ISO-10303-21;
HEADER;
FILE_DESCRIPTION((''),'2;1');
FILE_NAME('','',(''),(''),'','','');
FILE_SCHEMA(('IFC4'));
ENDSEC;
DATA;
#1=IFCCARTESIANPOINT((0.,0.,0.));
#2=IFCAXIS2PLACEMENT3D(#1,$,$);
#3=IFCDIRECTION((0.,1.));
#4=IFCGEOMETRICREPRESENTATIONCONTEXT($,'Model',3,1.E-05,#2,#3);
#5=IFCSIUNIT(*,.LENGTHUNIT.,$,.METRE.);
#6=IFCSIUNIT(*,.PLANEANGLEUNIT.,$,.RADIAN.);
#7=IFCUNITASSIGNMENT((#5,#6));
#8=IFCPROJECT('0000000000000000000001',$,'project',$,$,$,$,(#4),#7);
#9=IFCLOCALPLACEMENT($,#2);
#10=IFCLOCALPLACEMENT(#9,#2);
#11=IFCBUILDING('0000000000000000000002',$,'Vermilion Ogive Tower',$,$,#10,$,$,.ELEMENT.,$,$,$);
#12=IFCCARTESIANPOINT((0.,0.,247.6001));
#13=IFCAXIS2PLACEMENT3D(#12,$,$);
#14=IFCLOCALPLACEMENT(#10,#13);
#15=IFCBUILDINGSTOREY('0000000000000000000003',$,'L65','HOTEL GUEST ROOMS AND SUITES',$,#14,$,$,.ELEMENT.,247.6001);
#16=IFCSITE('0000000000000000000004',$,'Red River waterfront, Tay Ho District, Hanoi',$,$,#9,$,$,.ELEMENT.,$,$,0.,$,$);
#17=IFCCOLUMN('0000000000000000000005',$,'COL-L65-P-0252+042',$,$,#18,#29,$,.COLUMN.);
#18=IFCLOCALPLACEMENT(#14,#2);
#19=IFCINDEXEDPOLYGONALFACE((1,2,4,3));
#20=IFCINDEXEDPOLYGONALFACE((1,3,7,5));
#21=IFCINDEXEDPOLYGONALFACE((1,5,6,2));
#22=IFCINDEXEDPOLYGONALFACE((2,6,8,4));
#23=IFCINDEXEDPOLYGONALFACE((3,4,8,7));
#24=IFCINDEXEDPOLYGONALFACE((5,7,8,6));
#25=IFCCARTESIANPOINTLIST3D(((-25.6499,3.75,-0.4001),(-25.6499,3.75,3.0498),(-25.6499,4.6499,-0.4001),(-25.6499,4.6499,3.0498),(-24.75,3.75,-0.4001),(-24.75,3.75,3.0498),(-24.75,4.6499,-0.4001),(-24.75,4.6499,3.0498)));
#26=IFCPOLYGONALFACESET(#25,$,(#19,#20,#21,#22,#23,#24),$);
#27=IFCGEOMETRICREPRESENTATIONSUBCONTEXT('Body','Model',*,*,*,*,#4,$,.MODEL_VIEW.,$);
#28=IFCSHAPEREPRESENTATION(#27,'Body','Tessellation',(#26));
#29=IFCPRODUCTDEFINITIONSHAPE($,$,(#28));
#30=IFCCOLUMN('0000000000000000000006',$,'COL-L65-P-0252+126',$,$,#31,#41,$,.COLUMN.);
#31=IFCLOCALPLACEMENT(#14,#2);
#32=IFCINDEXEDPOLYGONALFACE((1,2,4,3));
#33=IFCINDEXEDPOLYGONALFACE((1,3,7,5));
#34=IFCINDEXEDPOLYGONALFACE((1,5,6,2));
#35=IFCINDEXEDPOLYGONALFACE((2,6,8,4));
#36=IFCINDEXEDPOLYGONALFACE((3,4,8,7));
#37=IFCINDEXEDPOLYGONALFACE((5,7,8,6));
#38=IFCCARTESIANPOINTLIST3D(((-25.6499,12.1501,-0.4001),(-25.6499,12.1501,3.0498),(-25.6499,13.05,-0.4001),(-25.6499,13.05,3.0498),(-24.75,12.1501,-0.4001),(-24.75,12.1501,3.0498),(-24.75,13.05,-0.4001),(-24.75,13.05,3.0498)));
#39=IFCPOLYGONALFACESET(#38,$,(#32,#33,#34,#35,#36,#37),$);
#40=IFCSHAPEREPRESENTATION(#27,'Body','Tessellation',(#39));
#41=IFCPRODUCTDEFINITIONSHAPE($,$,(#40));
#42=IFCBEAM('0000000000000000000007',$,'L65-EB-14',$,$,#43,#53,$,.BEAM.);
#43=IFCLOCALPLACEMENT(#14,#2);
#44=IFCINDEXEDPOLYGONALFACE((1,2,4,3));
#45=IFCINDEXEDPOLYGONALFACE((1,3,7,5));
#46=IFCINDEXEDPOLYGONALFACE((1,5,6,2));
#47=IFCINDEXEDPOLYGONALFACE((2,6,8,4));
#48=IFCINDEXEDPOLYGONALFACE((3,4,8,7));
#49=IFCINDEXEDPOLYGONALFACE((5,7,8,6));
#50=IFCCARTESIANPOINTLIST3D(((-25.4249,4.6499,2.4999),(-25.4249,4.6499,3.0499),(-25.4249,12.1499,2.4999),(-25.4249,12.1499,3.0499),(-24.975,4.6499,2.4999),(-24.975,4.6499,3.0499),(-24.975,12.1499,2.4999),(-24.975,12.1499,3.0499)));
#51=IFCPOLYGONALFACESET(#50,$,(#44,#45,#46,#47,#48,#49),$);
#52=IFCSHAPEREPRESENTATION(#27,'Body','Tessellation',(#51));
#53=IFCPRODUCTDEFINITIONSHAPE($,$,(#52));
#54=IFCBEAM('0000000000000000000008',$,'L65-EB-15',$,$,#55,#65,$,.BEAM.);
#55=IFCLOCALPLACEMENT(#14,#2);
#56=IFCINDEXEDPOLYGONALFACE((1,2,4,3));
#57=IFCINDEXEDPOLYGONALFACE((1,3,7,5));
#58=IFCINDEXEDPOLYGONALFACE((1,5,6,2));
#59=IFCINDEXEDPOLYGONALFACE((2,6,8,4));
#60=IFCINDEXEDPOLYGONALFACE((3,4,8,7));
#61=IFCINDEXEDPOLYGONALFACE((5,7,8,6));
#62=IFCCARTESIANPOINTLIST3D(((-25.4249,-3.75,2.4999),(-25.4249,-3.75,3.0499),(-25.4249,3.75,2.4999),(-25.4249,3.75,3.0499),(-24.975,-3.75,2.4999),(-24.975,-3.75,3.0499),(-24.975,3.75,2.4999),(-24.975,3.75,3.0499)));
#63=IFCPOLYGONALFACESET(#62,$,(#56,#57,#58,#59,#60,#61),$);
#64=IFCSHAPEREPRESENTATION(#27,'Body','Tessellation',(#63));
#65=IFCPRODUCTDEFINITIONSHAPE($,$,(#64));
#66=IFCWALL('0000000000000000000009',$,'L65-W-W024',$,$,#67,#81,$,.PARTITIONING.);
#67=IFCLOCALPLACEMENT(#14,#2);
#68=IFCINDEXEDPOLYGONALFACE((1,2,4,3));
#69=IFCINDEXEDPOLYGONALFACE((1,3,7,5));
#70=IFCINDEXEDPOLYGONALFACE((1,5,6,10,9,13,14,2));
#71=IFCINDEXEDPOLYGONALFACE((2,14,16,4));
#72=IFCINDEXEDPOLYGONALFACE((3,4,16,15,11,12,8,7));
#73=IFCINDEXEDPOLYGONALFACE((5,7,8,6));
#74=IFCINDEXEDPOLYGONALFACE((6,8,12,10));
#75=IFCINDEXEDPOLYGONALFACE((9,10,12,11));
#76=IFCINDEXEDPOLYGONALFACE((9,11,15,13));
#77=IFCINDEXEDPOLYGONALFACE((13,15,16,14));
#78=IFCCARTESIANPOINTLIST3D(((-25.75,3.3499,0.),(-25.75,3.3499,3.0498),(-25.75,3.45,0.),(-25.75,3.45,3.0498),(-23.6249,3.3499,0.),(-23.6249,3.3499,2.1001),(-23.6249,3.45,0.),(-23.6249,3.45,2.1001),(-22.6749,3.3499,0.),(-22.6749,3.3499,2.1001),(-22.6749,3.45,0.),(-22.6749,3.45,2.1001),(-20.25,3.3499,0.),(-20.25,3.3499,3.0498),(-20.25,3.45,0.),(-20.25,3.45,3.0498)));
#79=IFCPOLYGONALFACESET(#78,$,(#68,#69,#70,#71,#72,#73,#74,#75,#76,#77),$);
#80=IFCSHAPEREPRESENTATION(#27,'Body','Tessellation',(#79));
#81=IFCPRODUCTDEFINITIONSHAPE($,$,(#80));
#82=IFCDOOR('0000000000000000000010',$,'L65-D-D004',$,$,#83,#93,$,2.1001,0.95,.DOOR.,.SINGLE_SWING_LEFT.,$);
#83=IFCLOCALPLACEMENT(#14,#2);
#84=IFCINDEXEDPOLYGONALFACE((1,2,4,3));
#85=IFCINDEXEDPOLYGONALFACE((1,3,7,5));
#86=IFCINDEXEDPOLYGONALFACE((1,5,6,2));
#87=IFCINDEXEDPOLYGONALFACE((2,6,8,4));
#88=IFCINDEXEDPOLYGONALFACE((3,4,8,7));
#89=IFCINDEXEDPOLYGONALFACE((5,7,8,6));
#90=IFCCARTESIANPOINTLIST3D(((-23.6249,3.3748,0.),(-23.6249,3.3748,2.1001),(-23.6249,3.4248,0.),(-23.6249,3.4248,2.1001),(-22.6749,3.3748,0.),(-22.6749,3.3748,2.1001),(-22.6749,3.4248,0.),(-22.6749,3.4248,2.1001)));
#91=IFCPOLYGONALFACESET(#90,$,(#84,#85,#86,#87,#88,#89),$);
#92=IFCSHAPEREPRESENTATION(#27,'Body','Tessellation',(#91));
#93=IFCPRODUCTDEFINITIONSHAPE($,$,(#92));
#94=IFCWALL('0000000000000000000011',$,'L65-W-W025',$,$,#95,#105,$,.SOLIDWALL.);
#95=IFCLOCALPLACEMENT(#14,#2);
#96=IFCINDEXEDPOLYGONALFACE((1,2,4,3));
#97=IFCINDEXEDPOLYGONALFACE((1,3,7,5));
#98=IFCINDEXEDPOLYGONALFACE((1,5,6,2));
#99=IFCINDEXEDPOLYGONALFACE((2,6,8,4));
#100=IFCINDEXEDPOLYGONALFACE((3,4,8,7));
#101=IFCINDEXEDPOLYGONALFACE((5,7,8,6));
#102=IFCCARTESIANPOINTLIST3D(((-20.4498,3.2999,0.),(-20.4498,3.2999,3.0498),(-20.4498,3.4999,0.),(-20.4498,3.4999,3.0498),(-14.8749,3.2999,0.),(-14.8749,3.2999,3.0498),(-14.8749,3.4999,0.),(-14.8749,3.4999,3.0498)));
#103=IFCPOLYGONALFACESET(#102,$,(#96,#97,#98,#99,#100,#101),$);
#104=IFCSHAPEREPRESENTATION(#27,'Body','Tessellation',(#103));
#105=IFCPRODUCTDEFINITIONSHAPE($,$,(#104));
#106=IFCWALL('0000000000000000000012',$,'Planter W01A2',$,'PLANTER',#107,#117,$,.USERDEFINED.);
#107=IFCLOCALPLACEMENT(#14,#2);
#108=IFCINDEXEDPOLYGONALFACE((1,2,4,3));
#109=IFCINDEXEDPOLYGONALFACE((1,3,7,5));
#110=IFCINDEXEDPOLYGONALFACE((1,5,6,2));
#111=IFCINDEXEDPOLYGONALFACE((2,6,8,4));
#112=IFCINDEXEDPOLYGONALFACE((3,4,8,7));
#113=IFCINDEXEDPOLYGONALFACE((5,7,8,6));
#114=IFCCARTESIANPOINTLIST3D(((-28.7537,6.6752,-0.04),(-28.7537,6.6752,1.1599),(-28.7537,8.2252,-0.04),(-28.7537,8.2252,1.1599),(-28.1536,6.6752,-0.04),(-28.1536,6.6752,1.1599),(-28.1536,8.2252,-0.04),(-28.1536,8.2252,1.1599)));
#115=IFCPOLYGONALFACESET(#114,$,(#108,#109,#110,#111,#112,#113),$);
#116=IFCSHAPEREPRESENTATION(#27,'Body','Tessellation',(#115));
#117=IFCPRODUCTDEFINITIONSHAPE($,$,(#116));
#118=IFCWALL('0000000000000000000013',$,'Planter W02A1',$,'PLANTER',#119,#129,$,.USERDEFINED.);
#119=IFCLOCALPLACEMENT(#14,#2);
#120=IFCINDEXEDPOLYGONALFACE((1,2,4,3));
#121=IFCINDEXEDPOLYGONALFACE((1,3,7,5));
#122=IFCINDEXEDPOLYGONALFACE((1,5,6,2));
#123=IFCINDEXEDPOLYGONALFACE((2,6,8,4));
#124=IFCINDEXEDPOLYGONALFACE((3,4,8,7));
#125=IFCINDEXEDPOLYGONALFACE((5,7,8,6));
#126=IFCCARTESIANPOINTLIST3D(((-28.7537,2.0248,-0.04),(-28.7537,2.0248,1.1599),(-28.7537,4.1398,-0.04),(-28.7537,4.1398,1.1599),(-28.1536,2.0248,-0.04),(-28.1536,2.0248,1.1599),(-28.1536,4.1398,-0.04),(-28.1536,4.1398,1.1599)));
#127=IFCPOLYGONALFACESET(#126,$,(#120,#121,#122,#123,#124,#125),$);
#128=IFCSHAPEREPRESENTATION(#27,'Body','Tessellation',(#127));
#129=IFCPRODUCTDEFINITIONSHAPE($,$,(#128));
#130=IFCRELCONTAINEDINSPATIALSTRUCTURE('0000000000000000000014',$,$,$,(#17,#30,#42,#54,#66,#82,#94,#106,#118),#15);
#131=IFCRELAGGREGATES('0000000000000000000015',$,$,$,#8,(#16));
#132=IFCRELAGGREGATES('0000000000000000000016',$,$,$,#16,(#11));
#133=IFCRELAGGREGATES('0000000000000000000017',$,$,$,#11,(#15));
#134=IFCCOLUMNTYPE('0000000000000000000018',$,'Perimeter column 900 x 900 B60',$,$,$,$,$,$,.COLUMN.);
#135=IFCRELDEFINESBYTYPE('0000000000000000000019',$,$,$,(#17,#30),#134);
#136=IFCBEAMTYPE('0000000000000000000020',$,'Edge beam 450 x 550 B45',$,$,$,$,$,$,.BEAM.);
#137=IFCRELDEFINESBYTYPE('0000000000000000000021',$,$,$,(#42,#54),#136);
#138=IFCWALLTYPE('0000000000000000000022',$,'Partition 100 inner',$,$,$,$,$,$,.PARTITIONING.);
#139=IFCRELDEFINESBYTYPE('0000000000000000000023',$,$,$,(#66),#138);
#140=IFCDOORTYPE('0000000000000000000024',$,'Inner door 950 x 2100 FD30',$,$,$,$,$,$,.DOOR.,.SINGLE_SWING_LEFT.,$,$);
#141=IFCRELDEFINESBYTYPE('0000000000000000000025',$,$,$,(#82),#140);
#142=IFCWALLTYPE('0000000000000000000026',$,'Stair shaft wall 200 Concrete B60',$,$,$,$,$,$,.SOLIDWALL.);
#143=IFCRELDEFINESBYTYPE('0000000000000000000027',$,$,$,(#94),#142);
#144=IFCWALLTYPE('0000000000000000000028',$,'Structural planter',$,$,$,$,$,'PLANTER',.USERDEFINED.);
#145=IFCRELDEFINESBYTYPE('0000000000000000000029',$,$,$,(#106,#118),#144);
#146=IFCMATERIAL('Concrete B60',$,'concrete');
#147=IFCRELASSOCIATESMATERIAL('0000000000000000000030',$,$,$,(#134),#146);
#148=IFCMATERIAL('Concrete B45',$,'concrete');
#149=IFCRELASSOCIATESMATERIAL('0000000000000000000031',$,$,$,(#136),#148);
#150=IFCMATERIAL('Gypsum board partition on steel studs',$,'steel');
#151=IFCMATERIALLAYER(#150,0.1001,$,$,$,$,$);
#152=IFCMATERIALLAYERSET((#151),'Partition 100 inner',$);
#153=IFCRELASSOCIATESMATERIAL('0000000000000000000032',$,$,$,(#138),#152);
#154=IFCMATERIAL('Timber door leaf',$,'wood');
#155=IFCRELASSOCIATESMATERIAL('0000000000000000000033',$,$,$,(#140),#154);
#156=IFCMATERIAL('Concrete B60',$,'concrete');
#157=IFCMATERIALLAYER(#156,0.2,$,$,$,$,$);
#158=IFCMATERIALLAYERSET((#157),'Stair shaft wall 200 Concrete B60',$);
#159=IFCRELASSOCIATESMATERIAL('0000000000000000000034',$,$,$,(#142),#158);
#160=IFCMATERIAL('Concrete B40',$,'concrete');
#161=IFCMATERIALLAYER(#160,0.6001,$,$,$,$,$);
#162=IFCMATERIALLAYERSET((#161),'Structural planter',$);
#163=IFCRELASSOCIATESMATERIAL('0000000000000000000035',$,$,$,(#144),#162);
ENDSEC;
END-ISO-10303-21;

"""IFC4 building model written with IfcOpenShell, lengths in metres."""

from ifc_helpers import new_model, si_unit, direction, frame, frame_2d, origin, origin_2d, place, context, subcontext, project, spatial, rectangle, extrude, material, layer, layer_set, material_profile, profile_set, type_object, element, fill, save


model = new_model("IFC4")

# Units and contexts
model_context = context("Model", 3, precision=1e-05, world=origin(), true_north=direction((0.0, 1.0)))
body_context = subcontext(model_context, "Body", "Model", "MODEL_VIEW")
ifc_project = project(units=[si_unit("LENGTHUNIT", "METRE"), si_unit("PLANEANGLEUNIT", "RADIAN")], contexts=[model_context])

# Site, building, storey
site_placement = place(None, origin())
site = spatial("IfcSite", under=ifc_project, at=site_placement, Name="Red River waterfront, Tay Ho District, Hanoi", CompositionType="ELEMENT", RefElevation=0.0)
building_placement = place(site_placement, origin())
building = spatial("IfcBuilding", under=site, at=building_placement, Name="Vermilion Ogive Tower", CompositionType="ELEMENT")
storey_placement = place(building_placement, frame((0.0, 0.0, 247.6001)))
storey = spatial("IfcBuildingStorey", under=building, at=storey_placement, Name="L65", Description="HOTEL GUEST ROOMS AND SUITES", CompositionType="ELEMENT", Elevation=247.6001)

# Columns
ifc_material_1 = material(Name="Concrete B60", Category="concrete")
ifc_material_profile_1 = material_profile(ifc_material_1, rectangle(XDim=0.8999, YDim=0.8999, at=origin_2d()), Name="900 x 900")
ifc_profile_set_1 = profile_set([ifc_material_profile_1], Name="Concrete B60")
column_type = type_object("IfcColumnType", Name="Perimeter column 900 x 900 B60", PredefinedType="COLUMN", material=ifc_profile_set_1)
for number, where, z_axis, x_axis, name in (
    (1, (-25.2, 4.2, -0.4001), (0.0, 0.0, 1.0), (1.0, 0.0, 0.0), "COL-L65-P-0252+042"),
    (2, (-25.2, 12.6001, -0.4001), (0.0, 0.0, 1.0), (1.0, 0.0, 0.0), "COL-L65-P-0252+126"),
):
    element("IfcColumn", number, at=place(storey_placement, frame(where, z_axis=z_axis, x_axis=x_axis)), inside=storey, type_object=column_type, Name=name, PredefinedType="COLUMN", context=body_context, shape_type="SweptSolid", body=[
        extrude(rectangle(XDim=0.8999, YDim=0.8999, at=origin_2d()), origin(), (0.0, 0.0, 1.0), 3.45),
    ])

# Beams
ifc_material_2 = material(Name="Concrete B45", Category="concrete")
ifc_material_profile_2 = material_profile(ifc_material_2, rectangle(XDim=0.45, YDim=0.55, at=origin_2d()), Name="450 x 550")
ifc_profile_set_2 = profile_set([ifc_material_profile_2], Name="Concrete B45")
beam_type = type_object("IfcBeamType", Name="Edge beam 450 x 550 B45", PredefinedType="BEAM", material=ifc_profile_set_2)
for number, where, z_axis, x_axis, name in (
    (3, (-25.2, 12.1499, 2.7749), (0.0, -1.0, 0.0), (1.0, 0.0, 0.0), "L65-EB-14"),
    (4, (-25.2, 3.75, 2.7749), (0.0, -1.0, 0.0), (1.0, 0.0, 0.0), "L65-EB-15"),
):
    element("IfcBeam", number, at=place(storey_placement, frame(where, z_axis=z_axis, x_axis=x_axis)), inside=storey, type_object=beam_type, Name=name, PredefinedType="BEAM", context=body_context, shape_type="SweptSolid", body=[
        extrude(rectangle(XDim=0.45, YDim=0.55, at=origin_2d()), origin(), (0.0, 0.0, 1.0), 7.5),
    ])

# Wall, opening, door
ifc_material_3 = material(Name="Gypsum board partition on steel studs", Category="steel")
ifc_layer_1 = layer(ifc_material_3, 0.1001)
ifc_layer_set_1 = layer_set([ifc_layer_1], Name="Partition 100 inner")
wall_type_1 = type_object("IfcWallType", Name="Partition 100 inner", PredefinedType="PARTITIONING", material=ifc_layer_set_1)
wall_1_placement = place(storey_placement, frame((-25.75, 3.3999, 0.0), z_axis=(0.0, 0.0, 1.0), x_axis=(1.0, 0.0, 0.0)))
wall_1 = element("IfcWall", 5, at=wall_1_placement, inside=storey, type_object=wall_type_1, Name="L65-W-W024", PredefinedType="PARTITIONING", context=body_context, shape_type="SweptSolid", body=[
    extrude(rectangle(XDim=5.5, YDim=0.1001, at=frame_2d((2.75, 0.0))), origin(), (0.0, 0.0, 1.0), 3.0498),
])
opening_1_placement = place(wall_1_placement, frame((2.125, 0.0, 0.0)))
opening_1 = element("IfcOpeningElement", 6, at=opening_1_placement, cuts=wall_1, PredefinedType="OPENING", context=body_context, shape_type="SweptSolid", body=[
    extrude(rectangle(XDim=0.95, YDim=2.1001, at=frame_2d((0.4751, 1.05))), frame((0.0, 0.0601, 0.0), z_axis=(0.0, -1.0, 0.0), x_axis=(1.0, 0.0, 0.0)), (0.0, 0.0, 1.0), 0.1201),
])
ifc_material_4 = material(Name="Timber door leaf", Category="wood")
door_type_1 = type_object("IfcDoorType", Name="Inner door 950 x 2100 FD30", OperationType="SINGLE_SWING_LEFT", PredefinedType="DOOR", material=ifc_material_4)
door_1_placement = place(opening_1_placement, origin())
door_1 = element("IfcDoor", 7, at=door_1_placement, inside=storey, type_object=door_type_1, Name="L65-D-D004", OperationType="SINGLE_SWING_LEFT", OverallHeight=2.1001, OverallWidth=0.95, PredefinedType="DOOR", context=body_context, shape_type="SweptSolid", body=[
    extrude(rectangle(XDim=0.95, YDim=2.1001, at=frame_2d((0.4751, 1.05))), frame((0.0, 0.0249, 0.0), z_axis=(0.0, -1.0, 0.0), x_axis=(1.0, 0.0, 0.0)), (0.0, 0.0, 1.0), 0.05),
])
fill(opening_1, door_1)

# Walls
ifc_material_5 = material(Name="Concrete B60", Category="concrete")
ifc_layer_2 = layer(ifc_material_5, 0.2)
ifc_layer_set_2 = layer_set([ifc_layer_2], Name="Stair shaft wall 200 Concrete B60")
wall_type_2 = type_object("IfcWallType", Name="Stair shaft wall 200 Concrete B60", PredefinedType="SOLIDWALL", material=ifc_layer_set_2)
wall_2_placement = place(storey_placement, frame((-20.45, 3.3999, 0.0), z_axis=(0.0, 0.0, 1.0), x_axis=(1.0, 0.0, 0.0)))
element("IfcWall", 8, at=wall_2_placement, inside=storey, type_object=wall_type_2, Name="L65-W-W025", PredefinedType="SOLIDWALL", context=body_context, shape_type="SweptSolid", body=[
    extrude(rectangle(XDim=5.575, YDim=0.2, at=frame_2d((2.7876, 0.0))), origin(), (0.0, 0.0, 1.0), 3.0498),
])
ifc_material_6 = material(Name="Concrete B40", Category="concrete")
ifc_layer_3 = layer(ifc_material_6, 0.6001)
ifc_layer_set_3 = layer_set([ifc_layer_3], Name="Structural planter")
wall_type_3 = type_object("IfcWallType", Name="Structural planter", ElementType="PLANTER", PredefinedType="USERDEFINED", material=ifc_layer_set_3)
wall_3_placement = place(storey_placement, frame((-28.4536, 8.2251, -0.04), z_axis=(0.0, 0.0, 1.0), x_axis=(0.0, -1.0, 0.0)))
element("IfcWall", 9, at=wall_3_placement, inside=storey, type_object=wall_type_3, Name="Planter W01A2", ObjectType="PLANTER", PredefinedType="USERDEFINED", context=body_context, shape_type="SweptSolid", body=[
    extrude(rectangle(XDim=1.55, YDim=0.6001, at=frame_2d((0.7749, 0.0))), origin(), (0.0, 0.0, 1.0), 1.2),
])
wall_4_placement = place(storey_placement, frame((-28.4536, 4.1399, -0.04), z_axis=(0.0, 0.0, 1.0), x_axis=(0.0, -1.0, 0.0)))
element("IfcWall", 10, at=wall_4_placement, inside=storey, type_object=wall_type_3, Name="Planter W02A1", ObjectType="PLANTER", PredefinedType="USERDEFINED", context=body_context, shape_type="SweptSolid", body=[
    extrude(rectangle(XDim=2.115, YDim=0.6001, at=frame_2d((1.0576, 0.0))), origin(), (0.0, 0.0, 1.0), 1.2),
])

save(model, "model.ifc")
